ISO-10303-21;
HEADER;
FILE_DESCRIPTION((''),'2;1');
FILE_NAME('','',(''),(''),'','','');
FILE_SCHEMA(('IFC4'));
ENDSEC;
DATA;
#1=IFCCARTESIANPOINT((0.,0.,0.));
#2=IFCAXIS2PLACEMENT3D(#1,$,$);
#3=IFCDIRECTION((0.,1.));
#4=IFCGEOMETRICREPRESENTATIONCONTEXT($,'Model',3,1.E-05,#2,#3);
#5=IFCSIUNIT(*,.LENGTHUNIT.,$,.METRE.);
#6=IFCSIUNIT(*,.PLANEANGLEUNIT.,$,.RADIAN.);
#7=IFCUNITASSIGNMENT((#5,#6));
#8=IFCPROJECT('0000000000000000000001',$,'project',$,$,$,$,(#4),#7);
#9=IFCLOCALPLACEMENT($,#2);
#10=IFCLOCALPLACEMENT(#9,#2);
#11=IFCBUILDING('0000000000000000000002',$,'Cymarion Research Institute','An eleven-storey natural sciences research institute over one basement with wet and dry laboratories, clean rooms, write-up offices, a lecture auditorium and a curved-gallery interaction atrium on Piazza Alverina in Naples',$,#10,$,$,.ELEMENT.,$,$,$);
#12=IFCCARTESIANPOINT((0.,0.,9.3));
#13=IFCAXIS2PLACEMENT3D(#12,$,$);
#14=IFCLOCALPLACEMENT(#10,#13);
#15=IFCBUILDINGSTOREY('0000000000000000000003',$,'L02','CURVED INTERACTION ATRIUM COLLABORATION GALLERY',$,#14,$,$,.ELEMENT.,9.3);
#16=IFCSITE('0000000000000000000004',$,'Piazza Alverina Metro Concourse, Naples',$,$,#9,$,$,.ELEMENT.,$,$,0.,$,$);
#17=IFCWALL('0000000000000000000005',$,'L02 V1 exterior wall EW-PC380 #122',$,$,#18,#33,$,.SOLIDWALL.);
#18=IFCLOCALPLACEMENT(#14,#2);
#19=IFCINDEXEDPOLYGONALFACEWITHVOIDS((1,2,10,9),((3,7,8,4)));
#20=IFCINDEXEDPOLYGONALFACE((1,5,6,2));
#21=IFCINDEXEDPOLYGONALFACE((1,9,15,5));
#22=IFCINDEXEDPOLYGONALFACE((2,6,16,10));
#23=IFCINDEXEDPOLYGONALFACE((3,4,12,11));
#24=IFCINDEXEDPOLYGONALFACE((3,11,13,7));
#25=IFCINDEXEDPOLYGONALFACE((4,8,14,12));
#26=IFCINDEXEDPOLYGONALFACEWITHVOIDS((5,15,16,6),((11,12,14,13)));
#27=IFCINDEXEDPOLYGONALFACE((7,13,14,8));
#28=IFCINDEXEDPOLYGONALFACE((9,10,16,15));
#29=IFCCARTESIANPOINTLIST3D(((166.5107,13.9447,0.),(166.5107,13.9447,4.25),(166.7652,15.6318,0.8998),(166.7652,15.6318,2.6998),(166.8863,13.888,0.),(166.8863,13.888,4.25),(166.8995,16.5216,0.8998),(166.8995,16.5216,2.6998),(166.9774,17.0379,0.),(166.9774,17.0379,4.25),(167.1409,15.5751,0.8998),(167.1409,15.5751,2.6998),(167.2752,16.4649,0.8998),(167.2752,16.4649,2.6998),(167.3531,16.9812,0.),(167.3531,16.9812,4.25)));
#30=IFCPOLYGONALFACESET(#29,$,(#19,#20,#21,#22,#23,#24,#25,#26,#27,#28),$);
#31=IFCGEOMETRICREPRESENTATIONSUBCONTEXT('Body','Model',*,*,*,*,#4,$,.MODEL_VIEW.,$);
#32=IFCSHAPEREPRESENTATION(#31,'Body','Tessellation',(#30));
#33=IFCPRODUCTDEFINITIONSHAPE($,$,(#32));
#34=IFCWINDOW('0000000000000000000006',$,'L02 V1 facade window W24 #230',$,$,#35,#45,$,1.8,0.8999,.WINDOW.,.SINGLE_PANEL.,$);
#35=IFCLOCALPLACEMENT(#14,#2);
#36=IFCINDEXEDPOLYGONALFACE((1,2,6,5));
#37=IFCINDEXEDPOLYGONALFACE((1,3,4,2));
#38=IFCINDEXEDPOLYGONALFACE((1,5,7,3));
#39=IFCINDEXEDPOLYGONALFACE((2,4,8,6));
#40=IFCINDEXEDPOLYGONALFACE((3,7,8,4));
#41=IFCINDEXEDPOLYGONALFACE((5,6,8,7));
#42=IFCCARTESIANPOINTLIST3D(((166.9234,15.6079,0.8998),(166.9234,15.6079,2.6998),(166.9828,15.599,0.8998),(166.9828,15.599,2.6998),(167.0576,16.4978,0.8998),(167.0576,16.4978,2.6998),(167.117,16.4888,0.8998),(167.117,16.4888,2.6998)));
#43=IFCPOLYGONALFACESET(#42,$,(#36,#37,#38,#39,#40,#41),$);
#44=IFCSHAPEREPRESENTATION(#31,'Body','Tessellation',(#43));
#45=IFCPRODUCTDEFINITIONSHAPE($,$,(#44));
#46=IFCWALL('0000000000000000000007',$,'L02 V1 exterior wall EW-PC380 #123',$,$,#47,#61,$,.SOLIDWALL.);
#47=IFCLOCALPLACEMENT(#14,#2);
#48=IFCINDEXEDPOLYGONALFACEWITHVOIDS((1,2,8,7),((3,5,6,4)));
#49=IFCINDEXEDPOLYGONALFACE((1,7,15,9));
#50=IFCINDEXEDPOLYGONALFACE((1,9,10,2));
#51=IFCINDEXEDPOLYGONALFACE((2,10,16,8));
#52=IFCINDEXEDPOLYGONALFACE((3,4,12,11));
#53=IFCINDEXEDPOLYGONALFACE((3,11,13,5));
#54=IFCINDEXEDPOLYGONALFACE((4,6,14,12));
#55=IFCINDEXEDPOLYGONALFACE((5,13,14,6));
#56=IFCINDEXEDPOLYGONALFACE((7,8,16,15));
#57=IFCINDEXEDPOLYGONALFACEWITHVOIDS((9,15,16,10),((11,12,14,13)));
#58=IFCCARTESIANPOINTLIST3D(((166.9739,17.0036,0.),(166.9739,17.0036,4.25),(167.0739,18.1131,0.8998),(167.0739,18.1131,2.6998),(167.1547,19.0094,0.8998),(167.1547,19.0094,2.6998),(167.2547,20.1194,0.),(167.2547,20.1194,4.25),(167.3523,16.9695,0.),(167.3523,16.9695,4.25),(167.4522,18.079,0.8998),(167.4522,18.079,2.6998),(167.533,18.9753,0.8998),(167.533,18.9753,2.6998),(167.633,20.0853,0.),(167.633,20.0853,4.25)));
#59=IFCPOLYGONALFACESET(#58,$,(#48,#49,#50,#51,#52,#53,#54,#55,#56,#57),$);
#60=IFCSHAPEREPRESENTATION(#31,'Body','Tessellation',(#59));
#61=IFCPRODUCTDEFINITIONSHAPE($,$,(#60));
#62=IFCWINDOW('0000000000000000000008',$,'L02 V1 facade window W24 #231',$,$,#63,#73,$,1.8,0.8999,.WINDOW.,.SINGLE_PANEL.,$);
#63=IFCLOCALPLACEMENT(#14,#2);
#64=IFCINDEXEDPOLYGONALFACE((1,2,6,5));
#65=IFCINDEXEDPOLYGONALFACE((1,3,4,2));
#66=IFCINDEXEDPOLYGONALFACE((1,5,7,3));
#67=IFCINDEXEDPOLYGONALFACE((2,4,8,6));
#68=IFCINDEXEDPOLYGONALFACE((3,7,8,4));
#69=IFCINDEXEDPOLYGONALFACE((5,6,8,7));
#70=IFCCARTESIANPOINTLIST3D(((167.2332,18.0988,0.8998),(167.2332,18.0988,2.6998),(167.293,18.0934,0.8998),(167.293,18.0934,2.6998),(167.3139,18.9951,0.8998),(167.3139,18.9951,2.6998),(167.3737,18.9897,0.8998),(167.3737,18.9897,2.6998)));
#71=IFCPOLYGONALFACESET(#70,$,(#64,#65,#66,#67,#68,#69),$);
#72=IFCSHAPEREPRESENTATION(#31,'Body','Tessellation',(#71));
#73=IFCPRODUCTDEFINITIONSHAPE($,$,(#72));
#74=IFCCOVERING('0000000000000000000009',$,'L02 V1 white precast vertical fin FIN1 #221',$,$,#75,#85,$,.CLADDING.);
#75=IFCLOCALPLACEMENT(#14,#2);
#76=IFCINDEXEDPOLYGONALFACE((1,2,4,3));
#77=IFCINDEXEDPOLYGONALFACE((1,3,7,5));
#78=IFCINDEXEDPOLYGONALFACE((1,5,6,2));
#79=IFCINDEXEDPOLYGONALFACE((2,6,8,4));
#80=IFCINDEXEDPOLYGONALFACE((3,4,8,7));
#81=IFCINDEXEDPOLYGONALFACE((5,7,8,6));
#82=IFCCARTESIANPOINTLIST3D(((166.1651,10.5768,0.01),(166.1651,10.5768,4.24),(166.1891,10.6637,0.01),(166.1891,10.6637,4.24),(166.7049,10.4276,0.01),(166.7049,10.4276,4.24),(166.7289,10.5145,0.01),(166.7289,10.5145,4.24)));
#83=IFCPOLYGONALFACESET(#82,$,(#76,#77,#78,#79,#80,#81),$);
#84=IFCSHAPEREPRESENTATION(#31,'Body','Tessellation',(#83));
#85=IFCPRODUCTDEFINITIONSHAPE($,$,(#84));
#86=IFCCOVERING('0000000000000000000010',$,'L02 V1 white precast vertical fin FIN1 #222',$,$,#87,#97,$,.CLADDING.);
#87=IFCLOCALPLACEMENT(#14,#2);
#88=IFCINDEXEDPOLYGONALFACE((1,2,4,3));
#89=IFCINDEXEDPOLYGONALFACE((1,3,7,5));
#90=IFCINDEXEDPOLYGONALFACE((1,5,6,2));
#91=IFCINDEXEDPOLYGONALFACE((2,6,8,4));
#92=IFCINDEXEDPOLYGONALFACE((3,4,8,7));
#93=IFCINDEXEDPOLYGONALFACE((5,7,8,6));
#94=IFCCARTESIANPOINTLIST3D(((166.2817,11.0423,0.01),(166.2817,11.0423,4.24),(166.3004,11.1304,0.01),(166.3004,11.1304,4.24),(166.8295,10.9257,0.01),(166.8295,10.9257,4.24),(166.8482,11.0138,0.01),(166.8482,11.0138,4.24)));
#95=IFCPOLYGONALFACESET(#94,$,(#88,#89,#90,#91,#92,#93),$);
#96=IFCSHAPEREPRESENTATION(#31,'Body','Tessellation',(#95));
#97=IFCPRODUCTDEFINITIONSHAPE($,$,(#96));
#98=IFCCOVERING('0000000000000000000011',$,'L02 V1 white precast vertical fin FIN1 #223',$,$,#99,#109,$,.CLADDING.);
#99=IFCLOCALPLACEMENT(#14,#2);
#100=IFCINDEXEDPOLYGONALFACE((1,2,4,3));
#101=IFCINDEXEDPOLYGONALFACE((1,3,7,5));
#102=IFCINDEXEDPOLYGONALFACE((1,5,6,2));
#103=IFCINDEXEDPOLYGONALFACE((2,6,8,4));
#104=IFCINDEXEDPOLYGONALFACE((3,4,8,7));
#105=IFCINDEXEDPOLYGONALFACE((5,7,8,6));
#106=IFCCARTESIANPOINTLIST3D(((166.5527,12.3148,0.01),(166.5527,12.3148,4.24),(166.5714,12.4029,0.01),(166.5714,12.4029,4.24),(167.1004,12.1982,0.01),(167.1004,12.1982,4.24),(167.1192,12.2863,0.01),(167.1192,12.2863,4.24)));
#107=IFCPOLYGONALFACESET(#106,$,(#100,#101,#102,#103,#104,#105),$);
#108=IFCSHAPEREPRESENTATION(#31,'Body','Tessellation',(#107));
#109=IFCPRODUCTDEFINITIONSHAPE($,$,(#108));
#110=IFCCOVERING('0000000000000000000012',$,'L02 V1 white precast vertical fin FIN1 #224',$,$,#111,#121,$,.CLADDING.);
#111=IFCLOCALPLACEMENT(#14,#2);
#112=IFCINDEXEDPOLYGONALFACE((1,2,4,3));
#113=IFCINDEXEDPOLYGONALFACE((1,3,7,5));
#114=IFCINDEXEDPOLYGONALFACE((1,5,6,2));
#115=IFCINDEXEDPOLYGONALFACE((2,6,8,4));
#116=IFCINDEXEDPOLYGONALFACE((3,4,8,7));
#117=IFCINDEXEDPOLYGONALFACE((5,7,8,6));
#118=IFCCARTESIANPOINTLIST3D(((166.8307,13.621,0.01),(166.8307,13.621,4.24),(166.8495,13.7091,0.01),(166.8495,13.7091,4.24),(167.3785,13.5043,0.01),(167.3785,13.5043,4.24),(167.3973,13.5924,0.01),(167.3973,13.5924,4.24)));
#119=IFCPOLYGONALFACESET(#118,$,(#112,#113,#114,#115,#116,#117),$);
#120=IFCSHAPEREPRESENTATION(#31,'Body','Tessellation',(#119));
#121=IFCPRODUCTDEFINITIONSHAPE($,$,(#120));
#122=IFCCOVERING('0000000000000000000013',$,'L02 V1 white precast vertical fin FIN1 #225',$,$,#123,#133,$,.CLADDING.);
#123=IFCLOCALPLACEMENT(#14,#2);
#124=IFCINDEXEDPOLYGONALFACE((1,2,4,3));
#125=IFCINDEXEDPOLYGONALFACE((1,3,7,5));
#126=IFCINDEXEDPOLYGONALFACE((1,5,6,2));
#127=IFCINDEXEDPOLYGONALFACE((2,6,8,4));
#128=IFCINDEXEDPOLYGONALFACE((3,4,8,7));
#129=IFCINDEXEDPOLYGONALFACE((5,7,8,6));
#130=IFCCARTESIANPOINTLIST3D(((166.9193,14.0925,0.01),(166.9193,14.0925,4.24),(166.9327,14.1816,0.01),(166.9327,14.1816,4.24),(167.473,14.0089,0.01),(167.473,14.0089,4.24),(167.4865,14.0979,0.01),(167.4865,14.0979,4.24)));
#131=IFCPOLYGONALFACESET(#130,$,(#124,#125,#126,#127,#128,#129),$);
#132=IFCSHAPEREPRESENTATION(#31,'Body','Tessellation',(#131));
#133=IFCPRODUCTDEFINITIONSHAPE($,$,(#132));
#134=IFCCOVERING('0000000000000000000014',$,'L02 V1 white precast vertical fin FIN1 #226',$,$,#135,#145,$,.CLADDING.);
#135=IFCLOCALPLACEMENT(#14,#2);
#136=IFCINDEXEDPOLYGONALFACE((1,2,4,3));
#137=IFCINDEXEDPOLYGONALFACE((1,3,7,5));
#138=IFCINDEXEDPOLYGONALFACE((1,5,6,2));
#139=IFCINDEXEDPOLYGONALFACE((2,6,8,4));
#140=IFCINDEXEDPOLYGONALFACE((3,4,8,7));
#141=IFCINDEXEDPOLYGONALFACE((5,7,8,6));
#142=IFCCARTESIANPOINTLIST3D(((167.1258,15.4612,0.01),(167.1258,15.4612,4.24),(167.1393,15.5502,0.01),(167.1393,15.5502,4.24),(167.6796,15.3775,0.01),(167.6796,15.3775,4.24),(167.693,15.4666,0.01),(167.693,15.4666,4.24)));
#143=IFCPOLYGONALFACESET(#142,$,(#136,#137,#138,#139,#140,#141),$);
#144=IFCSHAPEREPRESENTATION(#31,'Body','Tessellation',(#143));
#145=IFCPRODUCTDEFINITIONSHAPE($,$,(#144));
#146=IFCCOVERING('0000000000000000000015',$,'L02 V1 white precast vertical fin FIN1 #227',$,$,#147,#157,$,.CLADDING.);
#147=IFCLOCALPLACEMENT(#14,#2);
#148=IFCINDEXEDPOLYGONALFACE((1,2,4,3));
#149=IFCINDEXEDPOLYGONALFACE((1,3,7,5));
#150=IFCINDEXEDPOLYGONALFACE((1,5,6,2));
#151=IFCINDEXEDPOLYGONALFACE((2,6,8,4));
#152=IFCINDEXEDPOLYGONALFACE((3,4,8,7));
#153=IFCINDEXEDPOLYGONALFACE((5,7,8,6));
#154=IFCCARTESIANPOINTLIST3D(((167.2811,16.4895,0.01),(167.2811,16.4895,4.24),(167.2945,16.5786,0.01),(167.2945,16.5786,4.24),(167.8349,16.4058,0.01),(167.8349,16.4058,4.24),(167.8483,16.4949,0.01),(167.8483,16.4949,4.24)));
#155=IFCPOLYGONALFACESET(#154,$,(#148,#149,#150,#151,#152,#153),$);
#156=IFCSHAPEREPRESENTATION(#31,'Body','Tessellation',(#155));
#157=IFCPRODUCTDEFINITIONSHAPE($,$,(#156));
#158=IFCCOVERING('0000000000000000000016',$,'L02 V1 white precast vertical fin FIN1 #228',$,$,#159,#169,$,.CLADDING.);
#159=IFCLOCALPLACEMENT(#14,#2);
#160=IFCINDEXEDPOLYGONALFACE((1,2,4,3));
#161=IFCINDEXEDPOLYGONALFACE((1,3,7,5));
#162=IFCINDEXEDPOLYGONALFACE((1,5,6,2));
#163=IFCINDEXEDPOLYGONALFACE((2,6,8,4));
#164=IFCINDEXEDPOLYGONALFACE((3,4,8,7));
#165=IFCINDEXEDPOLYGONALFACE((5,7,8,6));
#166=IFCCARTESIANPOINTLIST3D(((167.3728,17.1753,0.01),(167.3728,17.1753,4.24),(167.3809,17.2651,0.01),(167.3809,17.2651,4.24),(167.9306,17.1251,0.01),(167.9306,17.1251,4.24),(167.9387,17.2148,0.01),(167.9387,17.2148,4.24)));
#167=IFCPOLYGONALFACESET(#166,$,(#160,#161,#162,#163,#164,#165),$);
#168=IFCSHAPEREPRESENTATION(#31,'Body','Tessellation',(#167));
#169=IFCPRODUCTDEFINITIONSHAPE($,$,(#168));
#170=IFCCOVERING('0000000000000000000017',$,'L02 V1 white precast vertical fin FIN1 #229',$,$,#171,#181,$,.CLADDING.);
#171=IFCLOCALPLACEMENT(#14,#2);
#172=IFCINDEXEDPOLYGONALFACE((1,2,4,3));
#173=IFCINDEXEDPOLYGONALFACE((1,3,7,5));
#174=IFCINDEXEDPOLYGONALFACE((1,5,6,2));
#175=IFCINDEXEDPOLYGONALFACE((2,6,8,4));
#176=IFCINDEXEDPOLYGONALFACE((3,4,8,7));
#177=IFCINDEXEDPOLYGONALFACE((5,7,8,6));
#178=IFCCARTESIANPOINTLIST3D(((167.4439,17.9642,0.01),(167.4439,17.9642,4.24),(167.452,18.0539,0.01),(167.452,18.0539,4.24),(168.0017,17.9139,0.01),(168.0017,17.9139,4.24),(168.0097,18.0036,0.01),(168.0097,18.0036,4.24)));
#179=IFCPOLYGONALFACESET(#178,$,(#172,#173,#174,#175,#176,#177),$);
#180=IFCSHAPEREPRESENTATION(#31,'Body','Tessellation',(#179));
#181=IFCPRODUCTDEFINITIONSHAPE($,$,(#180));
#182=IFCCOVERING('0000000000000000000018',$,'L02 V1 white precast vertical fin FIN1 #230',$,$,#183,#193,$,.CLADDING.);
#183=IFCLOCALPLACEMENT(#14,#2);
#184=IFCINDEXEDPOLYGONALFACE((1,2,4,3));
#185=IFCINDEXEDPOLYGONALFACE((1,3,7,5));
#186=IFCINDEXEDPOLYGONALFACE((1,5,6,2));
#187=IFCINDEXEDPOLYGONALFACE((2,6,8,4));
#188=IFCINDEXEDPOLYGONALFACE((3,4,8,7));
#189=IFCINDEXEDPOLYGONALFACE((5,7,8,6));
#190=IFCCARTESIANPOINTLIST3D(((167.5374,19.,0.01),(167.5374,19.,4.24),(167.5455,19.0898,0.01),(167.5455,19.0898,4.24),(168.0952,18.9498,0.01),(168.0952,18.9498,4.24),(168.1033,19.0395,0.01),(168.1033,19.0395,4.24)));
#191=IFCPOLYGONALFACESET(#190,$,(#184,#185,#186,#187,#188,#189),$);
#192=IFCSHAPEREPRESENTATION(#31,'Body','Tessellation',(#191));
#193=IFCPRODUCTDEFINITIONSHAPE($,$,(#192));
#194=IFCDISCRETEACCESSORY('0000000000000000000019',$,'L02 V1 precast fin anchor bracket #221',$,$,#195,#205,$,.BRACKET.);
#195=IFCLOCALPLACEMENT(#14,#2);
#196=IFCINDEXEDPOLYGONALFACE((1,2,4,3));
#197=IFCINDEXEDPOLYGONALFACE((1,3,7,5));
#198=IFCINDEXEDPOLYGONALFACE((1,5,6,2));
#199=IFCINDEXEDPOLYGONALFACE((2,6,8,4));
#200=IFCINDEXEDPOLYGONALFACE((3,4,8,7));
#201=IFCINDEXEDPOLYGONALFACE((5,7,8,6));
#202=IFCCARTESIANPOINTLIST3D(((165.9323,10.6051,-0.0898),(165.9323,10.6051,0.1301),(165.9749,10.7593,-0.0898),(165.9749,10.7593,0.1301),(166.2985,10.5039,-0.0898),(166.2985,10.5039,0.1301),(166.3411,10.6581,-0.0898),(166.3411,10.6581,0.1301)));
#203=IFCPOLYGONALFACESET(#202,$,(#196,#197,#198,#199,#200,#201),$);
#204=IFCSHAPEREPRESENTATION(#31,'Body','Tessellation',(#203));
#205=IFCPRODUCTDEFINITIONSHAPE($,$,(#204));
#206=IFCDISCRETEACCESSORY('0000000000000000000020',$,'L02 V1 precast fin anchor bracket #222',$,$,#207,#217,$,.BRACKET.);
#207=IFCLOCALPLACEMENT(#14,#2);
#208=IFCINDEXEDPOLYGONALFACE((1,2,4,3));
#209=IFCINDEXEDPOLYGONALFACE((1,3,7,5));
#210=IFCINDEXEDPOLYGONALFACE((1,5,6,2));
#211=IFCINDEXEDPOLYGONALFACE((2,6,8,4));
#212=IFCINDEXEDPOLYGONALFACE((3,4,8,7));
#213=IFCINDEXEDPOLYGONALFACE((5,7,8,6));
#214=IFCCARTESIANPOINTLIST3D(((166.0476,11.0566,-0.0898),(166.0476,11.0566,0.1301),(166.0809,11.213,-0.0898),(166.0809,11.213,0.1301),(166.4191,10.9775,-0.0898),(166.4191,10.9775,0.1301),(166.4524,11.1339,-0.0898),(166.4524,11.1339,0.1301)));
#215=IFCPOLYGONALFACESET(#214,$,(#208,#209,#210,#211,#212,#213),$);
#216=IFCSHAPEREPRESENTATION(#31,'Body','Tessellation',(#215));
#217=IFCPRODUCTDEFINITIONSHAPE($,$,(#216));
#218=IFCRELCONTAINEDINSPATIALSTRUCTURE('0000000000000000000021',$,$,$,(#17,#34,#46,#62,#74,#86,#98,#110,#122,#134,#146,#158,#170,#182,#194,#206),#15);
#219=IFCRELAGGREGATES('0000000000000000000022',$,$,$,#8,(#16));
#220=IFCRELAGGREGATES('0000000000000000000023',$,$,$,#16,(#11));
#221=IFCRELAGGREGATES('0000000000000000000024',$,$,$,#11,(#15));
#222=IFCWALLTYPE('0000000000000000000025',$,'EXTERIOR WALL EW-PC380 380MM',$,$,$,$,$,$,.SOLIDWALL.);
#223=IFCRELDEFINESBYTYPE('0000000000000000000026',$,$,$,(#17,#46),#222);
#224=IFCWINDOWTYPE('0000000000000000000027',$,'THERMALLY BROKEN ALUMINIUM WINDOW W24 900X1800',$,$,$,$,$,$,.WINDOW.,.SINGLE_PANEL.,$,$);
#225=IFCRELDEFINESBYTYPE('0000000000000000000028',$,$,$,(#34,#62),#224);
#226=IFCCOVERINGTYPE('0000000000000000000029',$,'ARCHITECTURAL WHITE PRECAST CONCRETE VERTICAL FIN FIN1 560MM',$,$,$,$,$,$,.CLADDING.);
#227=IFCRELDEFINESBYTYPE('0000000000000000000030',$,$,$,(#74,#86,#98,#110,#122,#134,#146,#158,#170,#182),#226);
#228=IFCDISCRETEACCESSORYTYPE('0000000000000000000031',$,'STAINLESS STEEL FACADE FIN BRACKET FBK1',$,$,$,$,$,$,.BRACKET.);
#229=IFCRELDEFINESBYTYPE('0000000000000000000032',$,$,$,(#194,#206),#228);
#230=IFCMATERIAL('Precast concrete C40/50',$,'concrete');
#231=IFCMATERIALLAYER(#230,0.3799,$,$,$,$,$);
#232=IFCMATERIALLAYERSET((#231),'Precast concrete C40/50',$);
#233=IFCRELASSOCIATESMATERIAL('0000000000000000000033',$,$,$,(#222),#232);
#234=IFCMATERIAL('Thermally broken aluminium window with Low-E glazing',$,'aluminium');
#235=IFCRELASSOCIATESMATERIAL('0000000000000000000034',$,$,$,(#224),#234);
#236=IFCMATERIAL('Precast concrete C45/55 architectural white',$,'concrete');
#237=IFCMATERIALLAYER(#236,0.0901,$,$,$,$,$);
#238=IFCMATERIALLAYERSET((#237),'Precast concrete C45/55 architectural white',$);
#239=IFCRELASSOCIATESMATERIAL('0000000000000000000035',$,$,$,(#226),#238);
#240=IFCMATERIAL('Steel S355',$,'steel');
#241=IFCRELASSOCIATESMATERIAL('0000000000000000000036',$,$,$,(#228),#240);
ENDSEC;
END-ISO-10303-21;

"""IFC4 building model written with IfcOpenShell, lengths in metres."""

from ifc_helpers import new_model, si_unit, direction, frame, frame_2d, origin, origin_2d, place, context, subcontext, project, spatial, rectangle, extrude, material, layer, layer_set, type_object, element, fill, save


model = new_model("IFC4")

# Units and contexts
model_context = context("Model", 3, precision=1e-05, world=origin(), true_north=direction((0.0, 1.0)))
body_context = subcontext(model_context, "Body", "Model", "MODEL_VIEW")
ifc_project = project(units=[si_unit("LENGTHUNIT", "METRE"), si_unit("PLANEANGLEUNIT", "RADIAN")], contexts=[model_context])

# Site, building, storey
site_placement = place(None, origin())
site = spatial("IfcSite", under=ifc_project, at=site_placement, Name="Piazza Alverina Metro Concourse, Naples", CompositionType="ELEMENT", RefElevation=0.0)
building_placement = place(site_placement, origin())
building = spatial("IfcBuilding", under=site, at=building_placement, Name="Cymarion Research Institute", Description="An eleven-storey natural sciences research institute over one basement with wet and dry laboratories, clean rooms, write-up offices, a lecture auditorium and a curved-gallery interaction atrium on Piazza Alverina in Naples", CompositionType="ELEMENT")
storey_placement = place(building_placement, frame((0.0, 0.0, 9.3)))
storey = spatial("IfcBuildingStorey", under=building, at=storey_placement, Name="L02", Description="CURVED INTERACTION ATRIUM COLLABORATION GALLERY", CompositionType="ELEMENT", Elevation=9.3)

# Shared definitions
ifc_material_1 = material(Name="Steel S355", Category="steel")

# Walls, openings, windows
ifc_material_2 = material(Name="Precast concrete C40/50", Category="concrete")
ifc_layer_1 = layer(ifc_material_2, 0.3799)
ifc_layer_set_1 = layer_set([ifc_layer_1], Name="Precast concrete C40/50")
wall_type = type_object("IfcWallType", Name="EXTERIOR WALL EW-PC380 380MM", PredefinedType="SOLIDWALL", material=ifc_layer_set_1)
ifc_material_3 = material(Name="Thermally broken aluminium window with Low-E glazing", Category="aluminium")
window_type = type_object("IfcWindowType", Name="THERMALLY BROKEN ALUMINIUM WINDOW W24 900X1800", PartitioningType="SINGLE_PANEL", PredefinedType="WINDOW", material=ifc_material_3)
wall_1_placement = place(storey_placement, frame((166.6985, 13.9165, 0.0), z_axis=(0.0, 0.0, 1.0), x_axis=(0.149218, 0.988804, 0.0)))
wall_1 = element("IfcWall", 1, at=wall_1_placement, inside=storey, type_object=wall_type, Name="L02 V1 exterior wall EW-PC380 #122", PredefinedType="SOLIDWALL", context=body_context, shape_type="SweptSolid", body=[
    extrude(rectangle(XDim=3.1282, YDim=0.3799, at=frame_2d((1.564, 0.0))), origin(), (0.0, 0.0, 1.0), 4.25),
])
opening_1_placement = place(wall_1_placement, frame((1.7061, 0.0, 0.8999)))
opening_1 = element("IfcOpeningElement", 2, at=opening_1_placement, cuts=wall_1, PredefinedType="OPENING", context=body_context, shape_type="SweptSolid", body=[
    extrude(rectangle(XDim=0.8999, YDim=1.8, at=frame_2d((0.45, 0.8999))), frame((0.0, 0.2, 0.0), z_axis=(0.0, -1.0, 0.0), x_axis=(1.0, 0.0, 0.0)), (0.0, 0.0, 1.0), 0.3999),
])
window_1_placement = place(opening_1_placement, origin())
window_1 = element("IfcWindow", 3, at=window_1_placement, inside=storey, type_object=window_type, Name="L02 V1 facade window W24 #230", OverallHeight=1.8, OverallWidth=0.8999, PartitioningType="SINGLE_PANEL", PredefinedType="WINDOW", context=body_context, shape_type="SweptSolid", body=[
    extrude(rectangle(XDim=0.8999, YDim=1.8, at=frame_2d((0.45, 0.8999))), frame((0.0, 0.03, 0.0), z_axis=(0.0, -1.0, 0.0), x_axis=(1.0, 0.0, 0.0)), (0.0, 0.0, 1.0), 0.0601),
])
fill(opening_1, window_1)
wall_2_placement = place(storey_placement, frame((167.1631, 16.9866, 0.0), z_axis=(0.0, 0.0, 1.0), x_axis=(0.089748, 0.995965, 0.0)))
wall_2 = element("IfcWall", 4, at=wall_2_placement, inside=storey, type_object=wall_type, Name="L02 V1 exterior wall EW-PC380 #123", PredefinedType="SOLIDWALL", context=body_context, shape_type="SweptSolid", body=[
    extrude(rectangle(XDim=3.1284, YDim=0.3799, at=frame_2d((1.5642, 0.0))), origin(), (0.0, 0.0, 1.0), 4.25),
])
opening_2_placement = place(wall_2_placement, frame((1.114, 0.0, 0.8999)))
opening_2 = element("IfcOpeningElement", 5, at=opening_2_placement, cuts=wall_2, PredefinedType="OPENING", context=body_context, shape_type="SweptSolid", body=[
    extrude(rectangle(XDim=0.8999, YDim=1.8, at=frame_2d((0.45, 0.8999))), frame((0.0, 0.2, 0.0), z_axis=(0.0, -1.0, 0.0), x_axis=(1.0, 0.0, 0.0)), (0.0, 0.0, 1.0), 0.3999),
])
window_2_placement = place(opening_2_placement, origin())
window_2 = element("IfcWindow", 6, at=window_2_placement, inside=storey, type_object=window_type, Name="L02 V1 facade window W24 #231", OverallHeight=1.8, OverallWidth=0.8999, PartitioningType="SINGLE_PANEL", PredefinedType="WINDOW", context=body_context, shape_type="SweptSolid", body=[
    extrude(rectangle(XDim=0.8999, YDim=1.8, at=frame_2d((0.45, 0.8999))), frame((0.0, 0.03, 0.0), z_axis=(0.0, -1.0, 0.0), x_axis=(1.0, 0.0, 0.0)), (0.0, 0.0, 1.0), 0.0601),
])
fill(opening_2, window_2)

# Coverings
ifc_material_4 = material(Name="Precast concrete C45/55 architectural white", Category="concrete")
ifc_layer_2 = layer(ifc_material_4, 0.0901)
ifc_layer_set_2 = layer_set([ifc_layer_2], Name="Precast concrete C45/55 architectural white")
covering_type = type_object("IfcCoveringType", Name="ARCHITECTURAL WHITE PRECAST CONCRETE VERTICAL FIN FIN1 560MM", PredefinedType="CLADDING", material=ifc_layer_set_2)
for number, where, z_axis, x_axis, name in (
    (7, (166.447, 10.5457, 0.01), (0.0, 0.0, 1.0), (0.963863, -0.266397, 0.0), "L02 V1 white precast vertical fin FIN1 #221"),
    (8, (166.5649, 11.0281, 0.01), (0.0, 0.0, 1.0), (0.978075, -0.208253, 0.0), "L02 V1 white precast vertical fin FIN1 #222"),
    (9, (166.8359, 12.3005, 0.01), (0.0, 0.0, 1.0), (0.978075, -0.208253, 0.0), "L02 V1 white precast vertical fin FIN1 #223"),
    (10, (167.114, 13.6067, 0.01), (0.0, 0.0, 1.0), (0.978075, -0.208253, 0.0), "L02 V1 white precast vertical fin FIN1 #224"),
    (11, (167.2029, 14.0952, 0.01), (0.0, 0.0, 1.0), (0.988782, -0.149363, 0.0), "L02 V1 white precast vertical fin FIN1 #225"),
    (12, (167.4094, 15.4639, 0.01), (0.0, 0.0, 1.0), (0.988782, -0.149363, 0.0), "L02 V1 white precast vertical fin FIN1 #226"),
    (13, (167.5647, 16.4922, 0.01), (0.0, 0.0, 1.0), (0.988782, -0.149363, 0.0), "L02 V1 white precast vertical fin FIN1 #227"),
    (14, (167.6558, 17.1951, 0.01), (0.0, 0.0, 1.0), (0.995963, -0.089763, 0.0), "L02 V1 white precast vertical fin FIN1 #228"),
    (15, (167.7268, 17.9839, 0.01), (0.0, 0.0, 1.0), (0.995963, -0.089763, 0.0), "L02 V1 white precast vertical fin FIN1 #229"),
    (16, (167.8203, 19.0198, 0.01), (0.0, 0.0, 1.0), (0.995963, -0.089763, 0.0), "L02 V1 white precast vertical fin FIN1 #230"),
):
    element("IfcCovering", number, at=place(storey_placement, frame(where, z_axis=z_axis, x_axis=x_axis)), inside=storey, type_object=covering_type, Name=name, PredefinedType="CLADDING", context=body_context, shape_type="SweptSolid", body=[
        extrude(rectangle(XDim=0.5601, YDim=0.0901, at=origin_2d()), origin(), (0.0, 0.0, 1.0), 4.23),
    ])

# Discrete accessories
discrete_accessory_type = type_object("IfcDiscreteAccessoryType", Name="STAINLESS STEEL FACADE FIN BRACKET FBK1", PredefinedType="BRACKET", material=ifc_material_1)
for number, where, z_axis, x_axis, name in (
    (17, (166.1367, 10.6316, -0.0898), (0.0, 0.0, 1.0), (0.963863, -0.266397, 0.0), "L02 V1 precast fin anchor bracket #221"),
    (18, (166.25, 11.0952, -0.0898), (0.0, 0.0, 1.0), (0.978075, -0.208253, 0.0), "L02 V1 precast fin anchor bracket #222"),
):
    element("IfcDiscreteAccessory", number, at=place(storey_placement, frame(where, z_axis=z_axis, x_axis=x_axis)), inside=storey, type_object=discrete_accessory_type, Name=name, PredefinedType="BRACKET", context=body_context, shape_type="SweptSolid", body=[
        extrude(rectangle(XDim=0.3799, YDim=0.1599, at=origin_2d()), origin(), (0.0, 0.0, 1.0), 0.22),
    ])

save(model, "model.ifc")
